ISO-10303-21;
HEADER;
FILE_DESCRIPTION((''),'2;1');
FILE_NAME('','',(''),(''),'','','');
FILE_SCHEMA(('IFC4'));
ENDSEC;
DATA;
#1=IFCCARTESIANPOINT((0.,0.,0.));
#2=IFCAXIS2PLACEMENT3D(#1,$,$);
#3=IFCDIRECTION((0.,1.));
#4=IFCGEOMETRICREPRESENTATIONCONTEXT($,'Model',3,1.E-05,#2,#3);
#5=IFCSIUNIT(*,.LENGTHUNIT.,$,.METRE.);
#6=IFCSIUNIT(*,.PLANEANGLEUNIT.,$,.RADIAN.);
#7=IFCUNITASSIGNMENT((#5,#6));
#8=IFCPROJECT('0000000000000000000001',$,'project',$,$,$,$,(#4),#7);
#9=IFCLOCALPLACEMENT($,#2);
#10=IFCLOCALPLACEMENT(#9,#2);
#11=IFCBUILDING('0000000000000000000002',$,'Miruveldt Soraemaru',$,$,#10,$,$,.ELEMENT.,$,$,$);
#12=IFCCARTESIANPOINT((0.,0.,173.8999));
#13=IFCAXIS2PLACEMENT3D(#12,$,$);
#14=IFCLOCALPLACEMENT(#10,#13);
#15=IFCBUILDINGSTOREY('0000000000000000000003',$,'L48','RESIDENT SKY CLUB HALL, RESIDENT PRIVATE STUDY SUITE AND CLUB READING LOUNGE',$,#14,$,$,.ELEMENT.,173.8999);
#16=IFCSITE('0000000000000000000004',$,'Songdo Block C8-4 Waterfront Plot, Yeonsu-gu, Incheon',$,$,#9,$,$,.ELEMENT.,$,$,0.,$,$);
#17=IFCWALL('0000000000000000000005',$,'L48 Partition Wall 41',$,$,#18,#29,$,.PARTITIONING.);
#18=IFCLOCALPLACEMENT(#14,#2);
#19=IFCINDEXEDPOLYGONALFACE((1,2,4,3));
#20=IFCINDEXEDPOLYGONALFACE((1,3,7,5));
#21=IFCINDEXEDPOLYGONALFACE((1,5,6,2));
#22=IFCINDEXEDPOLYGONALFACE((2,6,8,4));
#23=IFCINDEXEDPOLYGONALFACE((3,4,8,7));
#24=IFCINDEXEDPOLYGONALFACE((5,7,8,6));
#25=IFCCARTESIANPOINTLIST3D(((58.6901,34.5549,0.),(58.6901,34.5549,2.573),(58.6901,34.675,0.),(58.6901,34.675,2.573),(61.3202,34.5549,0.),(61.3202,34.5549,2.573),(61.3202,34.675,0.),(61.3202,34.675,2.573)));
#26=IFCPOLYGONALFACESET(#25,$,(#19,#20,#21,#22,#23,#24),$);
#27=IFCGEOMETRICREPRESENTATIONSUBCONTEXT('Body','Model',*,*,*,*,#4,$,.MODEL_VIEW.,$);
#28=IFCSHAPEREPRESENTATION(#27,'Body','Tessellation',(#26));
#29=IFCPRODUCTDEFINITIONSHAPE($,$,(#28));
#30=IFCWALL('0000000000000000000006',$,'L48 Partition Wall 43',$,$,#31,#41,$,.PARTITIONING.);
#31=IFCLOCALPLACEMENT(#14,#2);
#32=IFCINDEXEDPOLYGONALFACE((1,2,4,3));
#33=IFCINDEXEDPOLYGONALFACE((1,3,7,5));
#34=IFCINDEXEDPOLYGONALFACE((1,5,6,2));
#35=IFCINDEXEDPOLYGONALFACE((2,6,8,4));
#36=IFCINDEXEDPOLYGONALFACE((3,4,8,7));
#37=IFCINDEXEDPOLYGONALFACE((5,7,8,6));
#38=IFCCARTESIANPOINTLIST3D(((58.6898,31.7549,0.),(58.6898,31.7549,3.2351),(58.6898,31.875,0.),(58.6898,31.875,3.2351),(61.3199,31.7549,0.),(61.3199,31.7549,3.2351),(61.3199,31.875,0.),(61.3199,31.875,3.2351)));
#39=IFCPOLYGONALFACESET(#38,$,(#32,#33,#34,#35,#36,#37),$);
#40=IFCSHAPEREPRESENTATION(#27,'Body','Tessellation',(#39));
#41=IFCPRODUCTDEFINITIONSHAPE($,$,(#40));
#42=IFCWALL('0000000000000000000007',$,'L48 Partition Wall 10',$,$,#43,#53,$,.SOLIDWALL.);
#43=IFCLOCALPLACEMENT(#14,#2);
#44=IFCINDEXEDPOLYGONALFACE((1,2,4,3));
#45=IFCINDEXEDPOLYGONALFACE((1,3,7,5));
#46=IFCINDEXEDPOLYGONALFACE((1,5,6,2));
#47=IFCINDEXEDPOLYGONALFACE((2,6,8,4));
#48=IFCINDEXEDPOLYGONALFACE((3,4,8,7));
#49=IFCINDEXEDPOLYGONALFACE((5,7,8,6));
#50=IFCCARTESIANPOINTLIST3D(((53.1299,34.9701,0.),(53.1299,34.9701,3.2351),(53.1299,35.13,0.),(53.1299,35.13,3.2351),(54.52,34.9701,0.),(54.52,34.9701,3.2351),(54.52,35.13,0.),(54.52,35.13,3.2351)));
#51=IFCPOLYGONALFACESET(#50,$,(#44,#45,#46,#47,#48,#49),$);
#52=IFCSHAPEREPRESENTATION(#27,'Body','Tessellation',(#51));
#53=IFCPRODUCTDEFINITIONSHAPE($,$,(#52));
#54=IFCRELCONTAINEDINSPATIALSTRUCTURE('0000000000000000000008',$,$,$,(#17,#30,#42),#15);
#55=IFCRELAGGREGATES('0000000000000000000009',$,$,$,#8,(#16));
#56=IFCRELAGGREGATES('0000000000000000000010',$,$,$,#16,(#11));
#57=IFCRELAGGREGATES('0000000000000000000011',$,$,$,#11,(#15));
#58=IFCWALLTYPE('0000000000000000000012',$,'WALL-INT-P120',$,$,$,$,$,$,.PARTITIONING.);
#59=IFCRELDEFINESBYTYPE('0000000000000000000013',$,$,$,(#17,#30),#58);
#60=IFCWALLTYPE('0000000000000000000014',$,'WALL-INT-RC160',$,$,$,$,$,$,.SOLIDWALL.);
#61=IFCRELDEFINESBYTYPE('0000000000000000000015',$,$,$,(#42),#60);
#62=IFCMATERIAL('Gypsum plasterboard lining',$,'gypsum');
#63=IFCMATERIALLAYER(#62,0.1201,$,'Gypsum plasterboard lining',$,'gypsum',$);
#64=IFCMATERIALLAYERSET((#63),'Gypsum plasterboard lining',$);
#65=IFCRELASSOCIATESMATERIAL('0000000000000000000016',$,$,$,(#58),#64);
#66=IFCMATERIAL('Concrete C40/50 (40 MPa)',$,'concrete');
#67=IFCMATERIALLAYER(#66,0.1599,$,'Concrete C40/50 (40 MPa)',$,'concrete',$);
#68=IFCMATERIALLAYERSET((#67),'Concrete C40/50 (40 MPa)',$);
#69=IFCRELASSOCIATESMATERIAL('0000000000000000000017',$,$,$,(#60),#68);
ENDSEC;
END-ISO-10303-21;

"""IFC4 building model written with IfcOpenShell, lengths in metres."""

from ifc_helpers import new_model, si_unit, direction, frame, frame_2d, origin, place, context, subcontext, project, spatial, rectangle, extrude, material, layer, layer_set, type_object, element, save


model = new_model("IFC4")

# Units and contexts
model_context = context("Model", 3, precision=1e-05, world=origin(), true_north=direction((0.0, 1.0)))
body_context = subcontext(model_context, "Body", "Model", "MODEL_VIEW")
ifc_project = project(units=[si_unit("LENGTHUNIT", "METRE"), si_unit("PLANEANGLEUNIT", "RADIAN")], contexts=[model_context])

# Site, building, storey
site_placement = place(None, origin())
site = spatial("IfcSite", under=ifc_project, at=site_placement, Name="Songdo Block C8-4 Waterfront Plot, Yeonsu-gu, Incheon", CompositionType="ELEMENT", RefElevation=0.0)
building_placement = place(site_placement, origin())
building = spatial("IfcBuilding", under=site, at=building_placement, Name="Miruveldt Soraemaru", CompositionType="ELEMENT")
storey_placement = place(building_placement, frame((0.0, 0.0, 173.8999)))
storey = spatial("IfcBuildingStorey", under=building, at=storey_placement, Name="L48", Description="RESIDENT SKY CLUB HALL, RESIDENT PRIVATE STUDY SUITE AND CLUB READING LOUNGE", CompositionType="ELEMENT", Elevation=173.8999)

# Shared definitions
ifc_material_1 = material(Name="Gypsum plasterboard lining", Category="gypsum")
ifc_layer_1 = layer(ifc_material_1, 0.1201, Name="Gypsum plasterboard lining", Category="gypsum")
ifc_layer_set_1 = layer_set([ifc_layer_1], Name="Gypsum plasterboard lining")
wall_type_1 = type_object("IfcWallType", Name="WALL-INT-P120", PredefinedType="PARTITIONING", material=ifc_layer_set_1)

# Walls
wall_1_placement = place(storey_placement, frame((61.3201, 34.615, 0.0), z_axis=(0.0, 0.0, 1.0), x_axis=(-1.0, 0.0, 0.0)))
element("IfcWall", 1, at=wall_1_placement, inside=storey, type_object=wall_type_1, Name="L48 Partition Wall 41", PredefinedType="PARTITIONING", context=body_context, shape_type="SweptSolid", body=[
    extrude(rectangle(XDim=2.6301, YDim=0.1201, at=frame_2d((1.3149, 0.0))), origin(), (0.0, 0.0, 1.0), 2.573),
])
wall_2_placement = place(storey_placement, frame((58.6899, 31.8149, 0.0), z_axis=(0.0, 0.0, 1.0), x_axis=(1.0, 0.0, 0.0)))
element("IfcWall", 2, at=wall_2_placement, inside=storey, type_object=wall_type_1, Name="L48 Partition Wall 43", PredefinedType="PARTITIONING", context=body_context, shape_type="SweptSolid", body=[
    extrude(rectangle(XDim=2.6301, YDim=0.1201, at=frame_2d((1.3149, 0.0))), origin(), (0.0, 0.0, 1.0), 3.2351),
])
ifc_material_2 = material(Name="Concrete C40/50 (40 MPa)", Category="concrete")
ifc_layer_2 = layer(ifc_material_2, 0.1599, Name="Concrete C40/50 (40 MPa)", Category="concrete")
ifc_layer_set_2 = layer_set([ifc_layer_2], Name="Concrete C40/50 (40 MPa)")
wall_type_2 = type_object("IfcWallType", Name="WALL-INT-RC160", PredefinedType="SOLIDWALL", material=ifc_layer_set_2)
wall_3_placement = place(storey_placement, frame((53.1299, 35.05, 0.0), z_axis=(0.0, 0.0, 1.0), x_axis=(1.0, 0.0, 0.0)))
element("IfcWall", 3, at=wall_3_placement, inside=storey, type_object=wall_type_2, Name="L48 Partition Wall 10", PredefinedType="SOLIDWALL", context=body_context, shape_type="SweptSolid", body=[
    extrude(rectangle(XDim=1.3901, YDim=0.1599, at=frame_2d((0.6951, 0.0))), origin(), (0.0, 0.0, 1.0), 3.2351),
])

save(model, "model.ifc")
